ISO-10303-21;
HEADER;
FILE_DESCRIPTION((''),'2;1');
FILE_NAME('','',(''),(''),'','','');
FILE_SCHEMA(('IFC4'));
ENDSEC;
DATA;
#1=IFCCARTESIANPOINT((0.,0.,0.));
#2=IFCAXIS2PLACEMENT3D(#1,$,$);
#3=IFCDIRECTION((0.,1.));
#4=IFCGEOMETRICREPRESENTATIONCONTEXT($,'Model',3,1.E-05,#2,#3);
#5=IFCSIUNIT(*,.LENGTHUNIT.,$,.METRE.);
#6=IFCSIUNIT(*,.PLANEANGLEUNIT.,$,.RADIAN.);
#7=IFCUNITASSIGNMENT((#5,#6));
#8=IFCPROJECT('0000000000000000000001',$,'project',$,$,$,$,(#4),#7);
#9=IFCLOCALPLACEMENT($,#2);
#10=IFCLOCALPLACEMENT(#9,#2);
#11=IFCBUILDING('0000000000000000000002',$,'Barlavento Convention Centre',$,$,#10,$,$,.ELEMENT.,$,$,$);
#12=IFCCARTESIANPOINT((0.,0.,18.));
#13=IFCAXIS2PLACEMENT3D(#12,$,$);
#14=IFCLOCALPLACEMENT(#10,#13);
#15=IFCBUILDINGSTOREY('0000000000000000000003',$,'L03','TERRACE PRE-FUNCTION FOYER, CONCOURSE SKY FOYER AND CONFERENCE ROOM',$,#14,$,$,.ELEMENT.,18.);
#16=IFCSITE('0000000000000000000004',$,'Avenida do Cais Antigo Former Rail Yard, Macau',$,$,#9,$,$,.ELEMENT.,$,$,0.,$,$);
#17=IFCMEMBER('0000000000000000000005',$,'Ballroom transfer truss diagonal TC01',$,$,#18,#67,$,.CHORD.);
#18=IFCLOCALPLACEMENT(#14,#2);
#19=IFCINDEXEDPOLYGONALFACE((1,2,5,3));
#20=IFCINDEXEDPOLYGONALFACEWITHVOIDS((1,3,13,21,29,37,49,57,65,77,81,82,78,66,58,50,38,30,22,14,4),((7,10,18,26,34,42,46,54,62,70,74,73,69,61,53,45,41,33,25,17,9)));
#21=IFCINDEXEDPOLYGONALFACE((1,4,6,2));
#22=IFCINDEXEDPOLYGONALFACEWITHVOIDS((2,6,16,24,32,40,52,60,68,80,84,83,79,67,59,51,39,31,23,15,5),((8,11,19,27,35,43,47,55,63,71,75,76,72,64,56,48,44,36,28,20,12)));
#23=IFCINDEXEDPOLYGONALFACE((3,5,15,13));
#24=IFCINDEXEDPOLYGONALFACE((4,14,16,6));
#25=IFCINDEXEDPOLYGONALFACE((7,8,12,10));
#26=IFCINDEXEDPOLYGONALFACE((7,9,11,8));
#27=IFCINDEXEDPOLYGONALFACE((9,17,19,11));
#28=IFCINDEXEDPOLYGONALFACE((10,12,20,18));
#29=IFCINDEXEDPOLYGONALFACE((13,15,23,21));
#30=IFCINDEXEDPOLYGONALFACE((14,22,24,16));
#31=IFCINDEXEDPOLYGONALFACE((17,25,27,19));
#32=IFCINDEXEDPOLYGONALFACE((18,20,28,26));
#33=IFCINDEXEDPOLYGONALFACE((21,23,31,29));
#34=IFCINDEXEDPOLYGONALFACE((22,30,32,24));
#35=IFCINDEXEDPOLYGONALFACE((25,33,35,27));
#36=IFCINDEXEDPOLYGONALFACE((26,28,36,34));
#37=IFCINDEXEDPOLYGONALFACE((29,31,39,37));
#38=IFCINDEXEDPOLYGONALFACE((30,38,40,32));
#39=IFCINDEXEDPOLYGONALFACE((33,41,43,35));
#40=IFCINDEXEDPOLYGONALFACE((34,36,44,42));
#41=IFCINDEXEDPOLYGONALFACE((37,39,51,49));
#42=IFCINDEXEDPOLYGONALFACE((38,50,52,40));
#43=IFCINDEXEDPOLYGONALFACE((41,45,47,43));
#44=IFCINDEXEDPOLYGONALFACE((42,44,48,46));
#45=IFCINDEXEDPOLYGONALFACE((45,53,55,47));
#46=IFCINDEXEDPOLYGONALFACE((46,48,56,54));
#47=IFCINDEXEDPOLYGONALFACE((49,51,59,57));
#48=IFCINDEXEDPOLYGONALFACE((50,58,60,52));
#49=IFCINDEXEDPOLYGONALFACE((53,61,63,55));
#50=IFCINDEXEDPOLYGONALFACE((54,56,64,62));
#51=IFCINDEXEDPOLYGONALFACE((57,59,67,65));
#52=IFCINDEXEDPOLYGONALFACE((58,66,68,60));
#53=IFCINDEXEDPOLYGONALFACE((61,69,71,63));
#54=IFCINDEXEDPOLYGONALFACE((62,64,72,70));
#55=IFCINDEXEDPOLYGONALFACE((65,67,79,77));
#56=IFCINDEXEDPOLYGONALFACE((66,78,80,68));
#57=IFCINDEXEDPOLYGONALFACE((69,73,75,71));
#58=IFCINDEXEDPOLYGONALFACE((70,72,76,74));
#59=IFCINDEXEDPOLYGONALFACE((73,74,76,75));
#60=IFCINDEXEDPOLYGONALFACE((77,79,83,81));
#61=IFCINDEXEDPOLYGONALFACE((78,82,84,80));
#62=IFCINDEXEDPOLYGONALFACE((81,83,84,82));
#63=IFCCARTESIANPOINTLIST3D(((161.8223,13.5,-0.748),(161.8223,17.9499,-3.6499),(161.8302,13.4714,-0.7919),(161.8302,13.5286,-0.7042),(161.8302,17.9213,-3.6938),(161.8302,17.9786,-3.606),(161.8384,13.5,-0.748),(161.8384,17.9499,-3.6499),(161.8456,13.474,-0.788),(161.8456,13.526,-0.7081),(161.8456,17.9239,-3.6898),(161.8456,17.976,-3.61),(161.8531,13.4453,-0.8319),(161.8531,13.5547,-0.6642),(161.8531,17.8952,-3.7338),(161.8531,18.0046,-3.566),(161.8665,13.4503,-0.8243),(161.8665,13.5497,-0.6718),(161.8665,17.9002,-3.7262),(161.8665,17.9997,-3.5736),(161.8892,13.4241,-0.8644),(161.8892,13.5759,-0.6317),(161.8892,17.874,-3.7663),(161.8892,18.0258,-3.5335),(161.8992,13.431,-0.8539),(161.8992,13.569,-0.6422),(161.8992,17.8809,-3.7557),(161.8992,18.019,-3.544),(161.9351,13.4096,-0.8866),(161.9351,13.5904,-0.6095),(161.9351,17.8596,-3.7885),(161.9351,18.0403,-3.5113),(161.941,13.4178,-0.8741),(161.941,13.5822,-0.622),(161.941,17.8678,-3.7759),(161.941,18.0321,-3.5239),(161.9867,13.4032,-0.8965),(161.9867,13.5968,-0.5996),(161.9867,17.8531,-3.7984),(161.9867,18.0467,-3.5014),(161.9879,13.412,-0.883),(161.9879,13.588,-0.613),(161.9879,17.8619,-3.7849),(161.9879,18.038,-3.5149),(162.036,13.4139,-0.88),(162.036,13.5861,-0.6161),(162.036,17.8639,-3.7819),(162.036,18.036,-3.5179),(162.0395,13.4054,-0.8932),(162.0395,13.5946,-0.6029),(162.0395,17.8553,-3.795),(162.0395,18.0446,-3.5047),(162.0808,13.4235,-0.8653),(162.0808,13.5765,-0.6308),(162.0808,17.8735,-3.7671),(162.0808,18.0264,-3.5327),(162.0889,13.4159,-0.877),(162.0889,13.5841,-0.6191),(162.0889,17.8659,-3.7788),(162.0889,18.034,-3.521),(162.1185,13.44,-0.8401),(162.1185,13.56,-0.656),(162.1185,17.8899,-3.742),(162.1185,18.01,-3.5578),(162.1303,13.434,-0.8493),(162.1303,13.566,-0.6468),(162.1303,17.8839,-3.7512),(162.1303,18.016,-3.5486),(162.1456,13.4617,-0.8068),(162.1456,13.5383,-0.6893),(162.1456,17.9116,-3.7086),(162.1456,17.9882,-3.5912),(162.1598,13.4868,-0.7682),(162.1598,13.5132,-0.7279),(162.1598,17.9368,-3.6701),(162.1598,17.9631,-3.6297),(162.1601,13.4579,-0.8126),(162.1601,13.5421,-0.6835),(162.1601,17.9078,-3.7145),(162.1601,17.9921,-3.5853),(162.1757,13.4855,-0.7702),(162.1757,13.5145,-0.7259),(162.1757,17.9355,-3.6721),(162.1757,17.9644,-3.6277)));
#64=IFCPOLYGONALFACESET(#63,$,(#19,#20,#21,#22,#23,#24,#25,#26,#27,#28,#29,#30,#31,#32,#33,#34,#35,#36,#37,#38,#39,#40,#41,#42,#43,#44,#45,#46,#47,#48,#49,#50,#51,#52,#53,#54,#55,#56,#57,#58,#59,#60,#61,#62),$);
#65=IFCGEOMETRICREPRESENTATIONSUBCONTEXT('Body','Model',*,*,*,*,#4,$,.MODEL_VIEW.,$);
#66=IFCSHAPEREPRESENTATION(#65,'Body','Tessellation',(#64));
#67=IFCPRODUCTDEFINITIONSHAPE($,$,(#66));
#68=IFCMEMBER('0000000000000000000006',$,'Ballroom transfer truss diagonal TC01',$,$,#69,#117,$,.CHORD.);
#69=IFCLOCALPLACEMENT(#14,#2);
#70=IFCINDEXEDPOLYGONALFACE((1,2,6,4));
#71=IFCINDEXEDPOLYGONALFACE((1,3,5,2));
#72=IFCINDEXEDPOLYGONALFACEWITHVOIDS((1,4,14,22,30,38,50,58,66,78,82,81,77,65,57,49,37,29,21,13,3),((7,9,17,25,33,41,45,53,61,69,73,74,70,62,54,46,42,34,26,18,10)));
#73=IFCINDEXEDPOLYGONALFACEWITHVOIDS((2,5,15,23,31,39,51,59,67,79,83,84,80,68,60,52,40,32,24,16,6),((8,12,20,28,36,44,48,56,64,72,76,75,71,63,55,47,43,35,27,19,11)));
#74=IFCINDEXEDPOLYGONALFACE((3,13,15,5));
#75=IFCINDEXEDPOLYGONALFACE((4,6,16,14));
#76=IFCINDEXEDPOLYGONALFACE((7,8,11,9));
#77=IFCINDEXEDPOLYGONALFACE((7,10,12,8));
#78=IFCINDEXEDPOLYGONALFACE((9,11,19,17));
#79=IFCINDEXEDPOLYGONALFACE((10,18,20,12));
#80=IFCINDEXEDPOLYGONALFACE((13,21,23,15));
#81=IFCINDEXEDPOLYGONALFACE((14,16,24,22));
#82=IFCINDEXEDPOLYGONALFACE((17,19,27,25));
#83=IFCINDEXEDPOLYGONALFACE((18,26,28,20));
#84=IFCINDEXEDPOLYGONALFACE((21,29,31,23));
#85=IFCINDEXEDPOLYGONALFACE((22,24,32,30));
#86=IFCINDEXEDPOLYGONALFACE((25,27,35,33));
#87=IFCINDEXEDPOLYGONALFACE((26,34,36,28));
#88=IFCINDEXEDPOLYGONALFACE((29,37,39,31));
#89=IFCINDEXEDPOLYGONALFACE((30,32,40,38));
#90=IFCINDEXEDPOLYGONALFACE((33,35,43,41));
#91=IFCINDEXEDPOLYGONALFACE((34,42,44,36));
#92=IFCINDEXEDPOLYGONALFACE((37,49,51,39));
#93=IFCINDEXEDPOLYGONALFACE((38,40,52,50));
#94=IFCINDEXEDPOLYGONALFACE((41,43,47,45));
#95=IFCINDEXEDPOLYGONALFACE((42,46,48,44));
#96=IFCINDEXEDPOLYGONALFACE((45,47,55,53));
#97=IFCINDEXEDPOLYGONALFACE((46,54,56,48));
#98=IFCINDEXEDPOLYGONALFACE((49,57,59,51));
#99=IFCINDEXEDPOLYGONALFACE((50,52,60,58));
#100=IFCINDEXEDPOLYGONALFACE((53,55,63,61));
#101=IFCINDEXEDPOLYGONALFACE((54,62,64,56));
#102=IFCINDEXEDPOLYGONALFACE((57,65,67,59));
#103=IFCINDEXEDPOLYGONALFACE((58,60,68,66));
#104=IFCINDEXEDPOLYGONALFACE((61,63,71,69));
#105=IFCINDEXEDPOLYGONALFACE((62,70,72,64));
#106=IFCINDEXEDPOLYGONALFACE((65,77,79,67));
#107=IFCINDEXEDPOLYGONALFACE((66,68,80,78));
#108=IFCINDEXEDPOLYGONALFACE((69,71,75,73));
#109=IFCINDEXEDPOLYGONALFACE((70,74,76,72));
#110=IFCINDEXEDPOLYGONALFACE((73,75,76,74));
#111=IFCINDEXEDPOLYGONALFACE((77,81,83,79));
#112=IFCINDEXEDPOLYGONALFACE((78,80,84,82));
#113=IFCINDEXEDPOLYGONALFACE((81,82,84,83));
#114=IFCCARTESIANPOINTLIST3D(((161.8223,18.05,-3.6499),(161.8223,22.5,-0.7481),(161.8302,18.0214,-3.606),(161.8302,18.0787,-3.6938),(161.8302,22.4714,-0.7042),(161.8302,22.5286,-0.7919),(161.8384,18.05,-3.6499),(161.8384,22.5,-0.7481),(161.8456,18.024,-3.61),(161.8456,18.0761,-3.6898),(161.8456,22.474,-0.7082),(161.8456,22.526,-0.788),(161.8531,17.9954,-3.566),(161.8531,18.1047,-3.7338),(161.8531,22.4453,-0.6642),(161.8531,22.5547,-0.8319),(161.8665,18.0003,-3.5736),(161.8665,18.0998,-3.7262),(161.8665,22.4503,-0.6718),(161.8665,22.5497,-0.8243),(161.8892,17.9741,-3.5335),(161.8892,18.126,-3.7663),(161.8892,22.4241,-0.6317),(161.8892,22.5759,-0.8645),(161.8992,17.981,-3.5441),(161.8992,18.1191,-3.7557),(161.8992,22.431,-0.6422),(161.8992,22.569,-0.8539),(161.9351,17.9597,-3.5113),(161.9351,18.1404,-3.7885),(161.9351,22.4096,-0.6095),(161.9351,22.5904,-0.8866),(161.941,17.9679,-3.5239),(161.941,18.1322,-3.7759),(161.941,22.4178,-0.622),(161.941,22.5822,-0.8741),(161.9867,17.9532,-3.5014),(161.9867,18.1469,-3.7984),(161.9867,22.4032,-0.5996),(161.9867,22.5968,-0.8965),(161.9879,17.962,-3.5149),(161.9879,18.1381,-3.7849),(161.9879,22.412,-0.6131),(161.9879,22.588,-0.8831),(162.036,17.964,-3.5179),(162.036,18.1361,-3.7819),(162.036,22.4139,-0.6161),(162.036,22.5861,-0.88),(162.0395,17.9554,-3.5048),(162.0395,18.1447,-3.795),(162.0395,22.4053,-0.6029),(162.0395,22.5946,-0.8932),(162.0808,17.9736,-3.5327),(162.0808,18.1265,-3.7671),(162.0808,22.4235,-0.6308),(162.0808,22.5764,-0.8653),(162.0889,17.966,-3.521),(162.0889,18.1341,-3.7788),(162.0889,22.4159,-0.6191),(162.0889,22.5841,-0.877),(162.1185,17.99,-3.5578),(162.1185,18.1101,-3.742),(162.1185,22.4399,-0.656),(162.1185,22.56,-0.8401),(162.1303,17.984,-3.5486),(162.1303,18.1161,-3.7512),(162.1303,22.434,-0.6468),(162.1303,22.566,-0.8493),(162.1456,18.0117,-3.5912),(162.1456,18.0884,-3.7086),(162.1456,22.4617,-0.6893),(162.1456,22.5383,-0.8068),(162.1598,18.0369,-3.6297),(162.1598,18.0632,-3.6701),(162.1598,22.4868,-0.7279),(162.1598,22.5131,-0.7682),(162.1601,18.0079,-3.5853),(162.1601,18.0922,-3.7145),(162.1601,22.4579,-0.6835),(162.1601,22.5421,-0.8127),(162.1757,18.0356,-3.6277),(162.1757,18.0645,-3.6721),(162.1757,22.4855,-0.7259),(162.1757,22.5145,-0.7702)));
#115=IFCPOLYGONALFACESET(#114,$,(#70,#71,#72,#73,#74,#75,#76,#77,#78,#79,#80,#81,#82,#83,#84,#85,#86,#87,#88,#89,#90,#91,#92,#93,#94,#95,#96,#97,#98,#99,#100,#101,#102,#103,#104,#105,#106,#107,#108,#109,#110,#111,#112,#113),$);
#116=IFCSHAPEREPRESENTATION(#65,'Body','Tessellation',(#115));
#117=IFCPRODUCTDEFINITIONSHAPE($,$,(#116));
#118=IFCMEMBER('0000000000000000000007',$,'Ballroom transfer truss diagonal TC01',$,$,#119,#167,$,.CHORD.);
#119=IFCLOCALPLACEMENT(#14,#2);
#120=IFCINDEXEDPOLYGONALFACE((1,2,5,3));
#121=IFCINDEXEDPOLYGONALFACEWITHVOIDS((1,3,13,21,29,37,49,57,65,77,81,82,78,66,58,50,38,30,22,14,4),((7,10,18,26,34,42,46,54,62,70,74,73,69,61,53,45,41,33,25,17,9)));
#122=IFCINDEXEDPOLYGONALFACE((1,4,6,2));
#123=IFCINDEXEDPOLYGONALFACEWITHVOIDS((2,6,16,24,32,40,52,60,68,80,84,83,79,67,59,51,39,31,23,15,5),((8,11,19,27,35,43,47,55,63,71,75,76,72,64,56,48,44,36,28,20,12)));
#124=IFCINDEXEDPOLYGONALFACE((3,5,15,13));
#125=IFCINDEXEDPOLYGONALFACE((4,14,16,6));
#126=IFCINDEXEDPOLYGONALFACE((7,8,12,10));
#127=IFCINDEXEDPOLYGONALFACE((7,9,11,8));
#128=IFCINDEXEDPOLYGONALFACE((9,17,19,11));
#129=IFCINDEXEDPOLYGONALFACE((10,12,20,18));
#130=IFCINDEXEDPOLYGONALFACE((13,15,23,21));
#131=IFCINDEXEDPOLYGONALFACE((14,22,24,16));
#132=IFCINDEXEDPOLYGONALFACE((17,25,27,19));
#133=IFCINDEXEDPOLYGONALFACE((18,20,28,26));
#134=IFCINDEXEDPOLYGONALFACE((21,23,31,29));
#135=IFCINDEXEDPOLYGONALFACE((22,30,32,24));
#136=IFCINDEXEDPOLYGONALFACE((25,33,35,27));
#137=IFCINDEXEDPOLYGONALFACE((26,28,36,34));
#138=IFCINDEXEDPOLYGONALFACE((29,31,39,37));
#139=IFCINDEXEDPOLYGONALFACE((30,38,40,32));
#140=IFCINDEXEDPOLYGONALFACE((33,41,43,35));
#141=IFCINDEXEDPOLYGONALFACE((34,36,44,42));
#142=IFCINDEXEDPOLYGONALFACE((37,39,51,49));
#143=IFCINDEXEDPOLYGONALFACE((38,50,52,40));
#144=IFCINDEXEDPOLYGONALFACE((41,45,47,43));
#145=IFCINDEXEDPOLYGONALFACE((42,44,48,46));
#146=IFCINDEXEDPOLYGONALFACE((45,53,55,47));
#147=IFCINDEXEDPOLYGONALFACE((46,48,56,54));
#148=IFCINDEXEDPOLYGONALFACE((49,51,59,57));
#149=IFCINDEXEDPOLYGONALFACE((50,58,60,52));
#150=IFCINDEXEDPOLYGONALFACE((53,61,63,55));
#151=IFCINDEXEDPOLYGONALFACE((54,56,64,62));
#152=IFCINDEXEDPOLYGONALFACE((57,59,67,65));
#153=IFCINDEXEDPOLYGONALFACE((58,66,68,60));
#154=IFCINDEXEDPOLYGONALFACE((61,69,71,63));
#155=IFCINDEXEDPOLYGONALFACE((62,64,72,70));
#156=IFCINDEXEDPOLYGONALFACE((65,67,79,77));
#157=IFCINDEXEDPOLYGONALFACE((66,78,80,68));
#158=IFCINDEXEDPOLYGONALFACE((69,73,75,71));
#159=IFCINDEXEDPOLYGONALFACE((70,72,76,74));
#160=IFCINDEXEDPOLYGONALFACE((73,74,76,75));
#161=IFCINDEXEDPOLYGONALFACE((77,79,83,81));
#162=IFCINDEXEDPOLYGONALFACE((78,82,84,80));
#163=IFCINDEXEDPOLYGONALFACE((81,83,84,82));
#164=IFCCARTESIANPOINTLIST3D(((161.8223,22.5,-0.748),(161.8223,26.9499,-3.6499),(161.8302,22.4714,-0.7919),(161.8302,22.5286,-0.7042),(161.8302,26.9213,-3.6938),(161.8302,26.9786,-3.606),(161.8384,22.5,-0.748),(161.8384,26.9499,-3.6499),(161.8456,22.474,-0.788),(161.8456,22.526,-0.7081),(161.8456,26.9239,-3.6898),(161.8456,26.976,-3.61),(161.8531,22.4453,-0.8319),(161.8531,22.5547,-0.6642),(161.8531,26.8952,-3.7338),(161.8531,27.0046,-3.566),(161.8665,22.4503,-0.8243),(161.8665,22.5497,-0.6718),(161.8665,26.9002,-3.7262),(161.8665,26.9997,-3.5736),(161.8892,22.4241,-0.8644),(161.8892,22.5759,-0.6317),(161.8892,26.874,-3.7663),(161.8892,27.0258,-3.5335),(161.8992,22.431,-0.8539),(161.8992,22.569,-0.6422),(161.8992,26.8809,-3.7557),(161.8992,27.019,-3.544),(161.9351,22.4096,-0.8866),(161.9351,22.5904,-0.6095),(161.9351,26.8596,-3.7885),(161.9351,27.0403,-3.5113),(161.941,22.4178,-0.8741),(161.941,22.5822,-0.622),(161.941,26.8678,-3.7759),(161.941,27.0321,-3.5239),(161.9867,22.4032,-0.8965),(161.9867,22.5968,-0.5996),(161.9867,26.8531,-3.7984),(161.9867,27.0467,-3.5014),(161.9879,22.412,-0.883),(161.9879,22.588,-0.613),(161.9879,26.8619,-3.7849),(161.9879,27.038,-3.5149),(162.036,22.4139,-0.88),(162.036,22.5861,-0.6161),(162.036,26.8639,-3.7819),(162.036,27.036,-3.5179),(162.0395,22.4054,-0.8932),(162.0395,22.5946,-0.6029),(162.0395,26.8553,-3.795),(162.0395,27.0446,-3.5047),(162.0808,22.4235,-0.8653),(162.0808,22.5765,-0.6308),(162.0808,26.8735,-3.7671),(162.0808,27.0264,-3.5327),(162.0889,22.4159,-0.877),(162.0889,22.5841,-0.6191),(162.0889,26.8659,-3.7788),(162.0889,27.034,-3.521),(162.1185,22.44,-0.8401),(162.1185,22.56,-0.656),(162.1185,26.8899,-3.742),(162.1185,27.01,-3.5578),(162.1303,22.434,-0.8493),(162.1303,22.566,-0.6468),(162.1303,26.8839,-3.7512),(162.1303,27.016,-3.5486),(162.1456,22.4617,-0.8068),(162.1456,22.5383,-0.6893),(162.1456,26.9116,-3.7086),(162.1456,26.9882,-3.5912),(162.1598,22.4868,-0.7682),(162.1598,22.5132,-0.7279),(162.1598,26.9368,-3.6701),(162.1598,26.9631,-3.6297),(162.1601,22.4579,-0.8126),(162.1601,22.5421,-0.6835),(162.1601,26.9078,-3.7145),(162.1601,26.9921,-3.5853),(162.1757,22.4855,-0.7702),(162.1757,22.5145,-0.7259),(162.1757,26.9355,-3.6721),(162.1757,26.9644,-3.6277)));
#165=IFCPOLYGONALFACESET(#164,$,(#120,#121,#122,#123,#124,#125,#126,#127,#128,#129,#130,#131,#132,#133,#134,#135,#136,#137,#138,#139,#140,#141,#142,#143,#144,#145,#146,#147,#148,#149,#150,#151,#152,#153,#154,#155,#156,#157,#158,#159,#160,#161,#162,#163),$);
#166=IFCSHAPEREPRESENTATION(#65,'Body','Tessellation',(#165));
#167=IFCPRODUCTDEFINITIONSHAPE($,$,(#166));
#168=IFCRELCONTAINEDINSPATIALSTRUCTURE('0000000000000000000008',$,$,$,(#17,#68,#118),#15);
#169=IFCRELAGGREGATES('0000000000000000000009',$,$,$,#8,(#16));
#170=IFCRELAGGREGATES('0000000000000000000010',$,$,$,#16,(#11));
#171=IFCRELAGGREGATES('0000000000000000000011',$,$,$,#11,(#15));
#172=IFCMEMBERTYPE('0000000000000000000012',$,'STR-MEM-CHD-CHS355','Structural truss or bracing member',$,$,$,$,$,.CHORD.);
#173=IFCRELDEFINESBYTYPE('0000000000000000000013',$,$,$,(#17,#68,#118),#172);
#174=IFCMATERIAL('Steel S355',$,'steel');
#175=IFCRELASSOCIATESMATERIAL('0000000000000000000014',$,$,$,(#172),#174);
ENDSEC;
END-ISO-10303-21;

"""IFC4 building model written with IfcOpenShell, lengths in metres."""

from ifc_helpers import new_model, si_unit, direction, frame, origin, origin_2d, place, context, subcontext, project, spatial, hollow_circle, extrude, material, material_profile, profile_set, type_object, element, save


model = new_model("IFC4")

# Units and contexts
model_context = context("Model", 3, precision=1e-05, world=origin(), true_north=direction((0.0, 1.0)))
body_context = subcontext(model_context, "Body", "Model", "MODEL_VIEW")
ifc_project = project(units=[si_unit("LENGTHUNIT", "METRE"), si_unit("PLANEANGLEUNIT", "RADIAN")], contexts=[model_context])

# Site, building, storey
site_placement = place(None, origin())
site = spatial("IfcSite", under=ifc_project, at=site_placement, Name="Avenida do Cais Antigo Former Rail Yard, Macau", CompositionType="ELEMENT", RefElevation=0.0)
building_placement = place(site_placement, origin())
building = spatial("IfcBuilding", under=site, at=building_placement, Name="Barlavento Convention Centre", CompositionType="ELEMENT")
storey_placement = place(building_placement, frame((0.0, 0.0, 18.0)))
storey = spatial("IfcBuildingStorey", under=building, at=storey_placement, Name="L03", Description="TERRACE PRE-FUNCTION FOYER, CONCOURSE SKY FOYER AND CONFERENCE ROOM", CompositionType="ELEMENT", Elevation=18.0)

# Shared definitions
ifc_material_1 = material(Name="Steel S355", Category="steel")

# Members
ifc_material_profile_1 = material_profile(ifc_material_1, hollow_circle(Radius=0.1777, WallThickness=0.0161, at=origin_2d()), Name="CHS 355.6x16.0")
ifc_profile_set_1 = profile_set([ifc_material_profile_1], Name="Steel S355")
member_type_1 = type_object("IfcMemberType", Name="STR-MEM-CHD-CHS355", Description="Structural truss or bracing member", PredefinedType="CHORD", material=ifc_profile_set_1)
for number, where, z_axis, x_axis, name in (
    (1, (162.0, 13.5, -0.748), (0.0, 0.837635, -0.54623), (-1.0, 0.0, 0.0), "Ballroom transfer truss diagonal TC01"),
    (2, (162.0, 18.05, -3.6499), (0.0, 0.837635, 0.54623), (-1.0, 0.0, 0.0), "Ballroom transfer truss diagonal TC01"),
    (3, (162.0, 22.5, -0.748), (0.0, 0.837635, -0.54623), (-1.0, 0.0, 0.0), "Ballroom transfer truss diagonal TC01"),
):
    element("IfcMember", number, at=place(storey_placement, frame(where, z_axis=z_axis, x_axis=x_axis)), inside=storey, type_object=member_type_1, Name=name, PredefinedType="CHORD", context=body_context, shape_type="SweptSolid", body=[
        extrude(hollow_circle(Radius=0.1777, WallThickness=0.0161, at=origin_2d()), origin(), (0.0, 0.0, 1.0), 5.3125),
    ])

save(model, "model.ifc")
